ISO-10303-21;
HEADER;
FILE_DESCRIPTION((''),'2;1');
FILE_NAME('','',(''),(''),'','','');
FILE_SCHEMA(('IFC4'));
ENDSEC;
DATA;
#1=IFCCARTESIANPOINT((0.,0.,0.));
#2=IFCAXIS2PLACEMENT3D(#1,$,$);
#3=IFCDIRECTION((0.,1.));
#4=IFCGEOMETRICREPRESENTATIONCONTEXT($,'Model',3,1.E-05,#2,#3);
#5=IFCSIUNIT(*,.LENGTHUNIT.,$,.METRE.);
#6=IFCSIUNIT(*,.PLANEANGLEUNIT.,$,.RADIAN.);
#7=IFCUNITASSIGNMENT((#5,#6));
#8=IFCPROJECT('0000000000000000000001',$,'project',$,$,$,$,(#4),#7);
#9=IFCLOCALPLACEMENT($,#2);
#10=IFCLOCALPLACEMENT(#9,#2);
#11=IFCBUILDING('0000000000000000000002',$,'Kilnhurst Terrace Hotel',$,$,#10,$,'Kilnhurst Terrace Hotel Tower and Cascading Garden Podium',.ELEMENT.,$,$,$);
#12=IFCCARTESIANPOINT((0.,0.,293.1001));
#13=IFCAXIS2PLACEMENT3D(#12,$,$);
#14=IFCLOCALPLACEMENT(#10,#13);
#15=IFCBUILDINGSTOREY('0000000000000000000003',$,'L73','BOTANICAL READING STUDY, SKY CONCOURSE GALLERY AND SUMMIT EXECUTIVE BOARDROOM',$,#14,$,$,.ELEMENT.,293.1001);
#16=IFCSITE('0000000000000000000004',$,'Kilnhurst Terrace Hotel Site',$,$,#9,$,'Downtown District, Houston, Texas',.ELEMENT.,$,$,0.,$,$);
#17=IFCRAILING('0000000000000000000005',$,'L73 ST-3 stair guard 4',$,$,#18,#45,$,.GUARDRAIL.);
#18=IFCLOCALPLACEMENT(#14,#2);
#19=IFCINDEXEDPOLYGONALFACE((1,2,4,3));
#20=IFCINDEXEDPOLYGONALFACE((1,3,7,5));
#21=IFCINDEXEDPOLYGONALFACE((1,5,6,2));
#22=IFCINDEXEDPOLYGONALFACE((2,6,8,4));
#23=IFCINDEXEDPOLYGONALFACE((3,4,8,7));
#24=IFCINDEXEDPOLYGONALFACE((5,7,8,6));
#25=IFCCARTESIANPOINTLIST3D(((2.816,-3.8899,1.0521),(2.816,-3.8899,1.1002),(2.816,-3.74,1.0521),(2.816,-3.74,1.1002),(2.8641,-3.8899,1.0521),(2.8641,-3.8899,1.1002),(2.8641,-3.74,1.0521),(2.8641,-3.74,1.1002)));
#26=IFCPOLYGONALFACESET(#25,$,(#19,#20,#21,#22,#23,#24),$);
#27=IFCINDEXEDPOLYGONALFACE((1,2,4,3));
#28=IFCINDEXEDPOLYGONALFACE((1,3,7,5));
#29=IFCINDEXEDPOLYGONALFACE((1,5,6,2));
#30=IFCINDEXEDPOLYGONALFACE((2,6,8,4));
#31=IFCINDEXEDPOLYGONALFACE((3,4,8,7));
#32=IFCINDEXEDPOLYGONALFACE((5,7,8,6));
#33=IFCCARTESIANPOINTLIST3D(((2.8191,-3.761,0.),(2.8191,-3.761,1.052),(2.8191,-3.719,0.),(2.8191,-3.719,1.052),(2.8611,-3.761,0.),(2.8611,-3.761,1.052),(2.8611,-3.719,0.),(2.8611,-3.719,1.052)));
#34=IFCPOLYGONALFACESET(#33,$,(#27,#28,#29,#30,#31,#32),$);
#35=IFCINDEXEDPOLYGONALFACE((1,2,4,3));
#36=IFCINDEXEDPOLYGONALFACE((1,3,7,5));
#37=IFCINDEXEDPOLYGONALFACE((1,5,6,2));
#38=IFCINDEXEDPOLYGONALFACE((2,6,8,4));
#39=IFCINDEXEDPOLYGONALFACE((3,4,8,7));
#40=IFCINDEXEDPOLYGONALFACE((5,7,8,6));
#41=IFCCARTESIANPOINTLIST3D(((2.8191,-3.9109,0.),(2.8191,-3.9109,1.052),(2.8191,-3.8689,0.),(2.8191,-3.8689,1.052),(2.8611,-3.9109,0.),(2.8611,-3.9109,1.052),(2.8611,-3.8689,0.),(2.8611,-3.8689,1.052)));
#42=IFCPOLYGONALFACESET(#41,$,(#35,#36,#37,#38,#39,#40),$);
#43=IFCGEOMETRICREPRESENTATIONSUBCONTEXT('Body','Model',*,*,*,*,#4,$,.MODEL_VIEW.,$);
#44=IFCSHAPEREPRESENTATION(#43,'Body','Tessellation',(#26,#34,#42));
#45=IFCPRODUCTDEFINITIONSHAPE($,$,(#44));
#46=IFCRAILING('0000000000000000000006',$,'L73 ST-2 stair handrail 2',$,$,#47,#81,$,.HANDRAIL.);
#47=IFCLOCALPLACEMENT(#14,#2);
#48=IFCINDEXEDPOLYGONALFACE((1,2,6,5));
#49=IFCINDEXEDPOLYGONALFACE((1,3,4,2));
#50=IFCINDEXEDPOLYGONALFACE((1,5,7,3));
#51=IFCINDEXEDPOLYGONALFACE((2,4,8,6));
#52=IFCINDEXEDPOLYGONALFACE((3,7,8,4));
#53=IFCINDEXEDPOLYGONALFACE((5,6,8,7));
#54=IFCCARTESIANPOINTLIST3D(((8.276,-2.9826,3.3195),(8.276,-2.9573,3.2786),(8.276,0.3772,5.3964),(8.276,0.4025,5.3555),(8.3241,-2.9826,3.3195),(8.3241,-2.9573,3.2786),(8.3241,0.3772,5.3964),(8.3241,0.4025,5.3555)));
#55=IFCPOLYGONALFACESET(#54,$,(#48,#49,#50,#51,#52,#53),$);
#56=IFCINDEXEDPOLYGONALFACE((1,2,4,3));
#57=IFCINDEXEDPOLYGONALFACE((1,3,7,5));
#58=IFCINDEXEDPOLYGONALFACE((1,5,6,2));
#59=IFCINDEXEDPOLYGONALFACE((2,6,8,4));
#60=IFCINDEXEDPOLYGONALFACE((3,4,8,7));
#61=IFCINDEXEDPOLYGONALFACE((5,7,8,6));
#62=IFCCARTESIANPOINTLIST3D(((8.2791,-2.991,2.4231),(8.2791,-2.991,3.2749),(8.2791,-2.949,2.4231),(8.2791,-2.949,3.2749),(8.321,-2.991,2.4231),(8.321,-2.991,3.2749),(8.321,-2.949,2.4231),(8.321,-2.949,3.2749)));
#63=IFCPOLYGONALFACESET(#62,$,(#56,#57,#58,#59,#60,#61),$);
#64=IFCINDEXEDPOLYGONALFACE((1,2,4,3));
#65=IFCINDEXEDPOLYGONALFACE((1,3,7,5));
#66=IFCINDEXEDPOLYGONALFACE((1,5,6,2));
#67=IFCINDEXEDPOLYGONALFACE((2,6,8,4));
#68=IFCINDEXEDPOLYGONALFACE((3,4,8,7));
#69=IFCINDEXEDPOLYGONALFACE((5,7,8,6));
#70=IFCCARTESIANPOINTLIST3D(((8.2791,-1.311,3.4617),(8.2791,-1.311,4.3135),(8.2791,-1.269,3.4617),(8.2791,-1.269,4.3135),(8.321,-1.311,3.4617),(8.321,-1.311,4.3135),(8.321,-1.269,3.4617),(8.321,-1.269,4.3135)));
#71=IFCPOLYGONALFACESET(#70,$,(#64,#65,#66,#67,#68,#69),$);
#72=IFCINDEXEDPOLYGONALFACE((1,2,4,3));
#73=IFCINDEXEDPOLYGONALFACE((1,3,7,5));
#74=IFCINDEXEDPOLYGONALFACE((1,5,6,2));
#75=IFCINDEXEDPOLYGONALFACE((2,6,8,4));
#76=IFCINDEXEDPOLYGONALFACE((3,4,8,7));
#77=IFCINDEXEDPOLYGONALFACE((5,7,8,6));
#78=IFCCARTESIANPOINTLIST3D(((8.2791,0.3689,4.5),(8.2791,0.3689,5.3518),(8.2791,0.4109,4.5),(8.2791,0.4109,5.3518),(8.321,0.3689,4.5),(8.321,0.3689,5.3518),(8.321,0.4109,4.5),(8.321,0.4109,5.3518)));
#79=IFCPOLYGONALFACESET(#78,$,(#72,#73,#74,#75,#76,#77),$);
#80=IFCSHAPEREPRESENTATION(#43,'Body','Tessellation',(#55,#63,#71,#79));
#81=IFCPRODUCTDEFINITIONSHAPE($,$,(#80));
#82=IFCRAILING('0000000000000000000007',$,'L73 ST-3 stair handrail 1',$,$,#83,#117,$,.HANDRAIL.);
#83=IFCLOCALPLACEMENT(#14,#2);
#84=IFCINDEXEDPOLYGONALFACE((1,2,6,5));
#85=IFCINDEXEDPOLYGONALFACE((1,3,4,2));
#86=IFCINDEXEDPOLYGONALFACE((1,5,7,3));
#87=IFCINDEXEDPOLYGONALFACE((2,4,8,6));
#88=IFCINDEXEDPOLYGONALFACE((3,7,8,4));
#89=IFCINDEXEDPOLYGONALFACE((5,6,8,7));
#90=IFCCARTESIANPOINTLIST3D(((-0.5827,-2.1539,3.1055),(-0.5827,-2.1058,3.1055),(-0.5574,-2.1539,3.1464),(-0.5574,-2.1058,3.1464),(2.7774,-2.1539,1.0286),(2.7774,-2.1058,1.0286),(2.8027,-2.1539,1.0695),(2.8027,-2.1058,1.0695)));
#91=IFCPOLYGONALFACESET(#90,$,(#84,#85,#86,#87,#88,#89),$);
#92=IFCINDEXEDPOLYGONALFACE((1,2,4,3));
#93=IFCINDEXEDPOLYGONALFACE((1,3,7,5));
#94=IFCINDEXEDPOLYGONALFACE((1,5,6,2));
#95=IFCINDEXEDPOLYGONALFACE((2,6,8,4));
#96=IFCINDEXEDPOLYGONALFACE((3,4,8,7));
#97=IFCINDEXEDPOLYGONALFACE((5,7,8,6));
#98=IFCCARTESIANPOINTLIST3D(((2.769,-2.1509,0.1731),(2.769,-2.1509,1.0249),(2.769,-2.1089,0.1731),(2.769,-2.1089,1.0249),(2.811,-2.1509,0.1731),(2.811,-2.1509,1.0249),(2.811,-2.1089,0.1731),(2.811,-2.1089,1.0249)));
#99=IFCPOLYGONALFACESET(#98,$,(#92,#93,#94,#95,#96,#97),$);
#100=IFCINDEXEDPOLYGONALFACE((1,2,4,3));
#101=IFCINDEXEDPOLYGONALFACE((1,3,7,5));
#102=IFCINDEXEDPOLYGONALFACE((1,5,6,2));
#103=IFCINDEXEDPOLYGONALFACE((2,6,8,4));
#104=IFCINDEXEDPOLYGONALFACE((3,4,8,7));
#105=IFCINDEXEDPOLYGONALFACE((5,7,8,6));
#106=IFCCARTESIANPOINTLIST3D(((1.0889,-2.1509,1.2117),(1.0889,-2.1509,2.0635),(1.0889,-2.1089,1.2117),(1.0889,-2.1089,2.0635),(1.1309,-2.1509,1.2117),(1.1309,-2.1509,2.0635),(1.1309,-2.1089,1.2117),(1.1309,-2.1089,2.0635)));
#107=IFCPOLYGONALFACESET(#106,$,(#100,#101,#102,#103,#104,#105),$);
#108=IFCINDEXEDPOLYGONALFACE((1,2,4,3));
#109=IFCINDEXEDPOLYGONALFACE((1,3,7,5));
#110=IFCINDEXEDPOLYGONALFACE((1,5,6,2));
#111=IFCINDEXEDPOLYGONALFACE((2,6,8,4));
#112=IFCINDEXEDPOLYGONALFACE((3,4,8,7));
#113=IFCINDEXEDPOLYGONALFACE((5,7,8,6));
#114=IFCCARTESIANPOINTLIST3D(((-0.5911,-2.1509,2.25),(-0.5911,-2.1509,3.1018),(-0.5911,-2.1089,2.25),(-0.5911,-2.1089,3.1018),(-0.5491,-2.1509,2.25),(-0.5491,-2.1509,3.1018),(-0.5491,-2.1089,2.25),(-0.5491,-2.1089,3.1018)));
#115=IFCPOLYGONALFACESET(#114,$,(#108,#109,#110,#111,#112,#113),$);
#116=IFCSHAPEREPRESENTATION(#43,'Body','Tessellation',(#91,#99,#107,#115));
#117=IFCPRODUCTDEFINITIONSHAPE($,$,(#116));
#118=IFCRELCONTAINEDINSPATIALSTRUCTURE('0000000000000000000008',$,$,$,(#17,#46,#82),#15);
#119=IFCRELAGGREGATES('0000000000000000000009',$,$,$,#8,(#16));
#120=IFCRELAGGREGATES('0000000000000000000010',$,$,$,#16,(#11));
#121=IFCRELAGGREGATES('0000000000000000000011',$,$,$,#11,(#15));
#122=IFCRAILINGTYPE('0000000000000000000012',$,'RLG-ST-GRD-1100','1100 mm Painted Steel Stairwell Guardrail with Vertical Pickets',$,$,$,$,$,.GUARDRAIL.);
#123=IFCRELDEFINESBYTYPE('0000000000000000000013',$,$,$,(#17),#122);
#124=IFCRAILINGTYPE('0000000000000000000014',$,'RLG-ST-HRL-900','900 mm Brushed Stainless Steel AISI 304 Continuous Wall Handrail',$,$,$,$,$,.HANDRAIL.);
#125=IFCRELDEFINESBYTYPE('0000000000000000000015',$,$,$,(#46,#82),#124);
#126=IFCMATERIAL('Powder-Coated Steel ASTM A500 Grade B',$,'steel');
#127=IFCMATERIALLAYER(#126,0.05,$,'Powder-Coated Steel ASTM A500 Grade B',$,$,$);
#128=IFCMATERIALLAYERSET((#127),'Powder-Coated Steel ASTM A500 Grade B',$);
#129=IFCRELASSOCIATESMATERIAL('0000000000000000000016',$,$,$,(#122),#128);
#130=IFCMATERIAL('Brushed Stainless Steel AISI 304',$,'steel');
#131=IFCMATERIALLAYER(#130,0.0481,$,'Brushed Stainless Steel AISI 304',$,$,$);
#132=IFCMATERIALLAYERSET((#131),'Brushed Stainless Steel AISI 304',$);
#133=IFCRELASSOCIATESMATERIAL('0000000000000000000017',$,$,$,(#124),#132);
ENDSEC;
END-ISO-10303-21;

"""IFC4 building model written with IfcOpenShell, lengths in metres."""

from ifc_helpers import new_model, si_unit, direction, frame, origin, origin_2d, place, context, subcontext, project, spatial, rectangle, extrude, material, layer, layer_set, type_object, element, save


model = new_model("IFC4")

# Units and contexts
model_context = context("Model", 3, precision=1e-05, world=origin(), true_north=direction((0.0, 1.0)))
body_context = subcontext(model_context, "Body", "Model", "MODEL_VIEW")
ifc_project = project(units=[si_unit("LENGTHUNIT", "METRE"), si_unit("PLANEANGLEUNIT", "RADIAN")], contexts=[model_context])

# Site, building, storey
site_placement = place(None, origin())
site = spatial("IfcSite", under=ifc_project, at=site_placement, Name="Kilnhurst Terrace Hotel Site", LongName="Downtown District, Houston, Texas", CompositionType="ELEMENT", RefElevation=0.0)
building_placement = place(site_placement, origin())
building = spatial("IfcBuilding", under=site, at=building_placement, Name="Kilnhurst Terrace Hotel", LongName="Kilnhurst Terrace Hotel Tower and Cascading Garden Podium", CompositionType="ELEMENT")
storey_placement = place(building_placement, frame((0.0, 0.0, 293.1001)))
storey = spatial("IfcBuildingStorey", under=building, at=storey_placement, Name="L73", Description="BOTANICAL READING STUDY, SKY CONCOURSE GALLERY AND SUMMIT EXECUTIVE BOARDROOM", CompositionType="ELEMENT", Elevation=293.1001)

# Railings
ifc_material_1 = material(Name="Powder-Coated Steel ASTM A500 Grade B", Category="steel")
ifc_layer_1 = layer(ifc_material_1, 0.05, Name="Powder-Coated Steel ASTM A500 Grade B")
ifc_layer_set_1 = layer_set([ifc_layer_1], Name="Powder-Coated Steel ASTM A500 Grade B")
railing_type_1 = type_object("IfcRailingType", Name="RLG-ST-GRD-1100", Description="1100 mm Painted Steel Stairwell Guardrail with Vertical Pickets", PredefinedType="GUARDRAIL", material=ifc_layer_set_1)
railing_1_placement = place(storey_placement, frame((2.8401, -3.74, 0.0)))
element("IfcRailing", 1, at=railing_1_placement, inside=storey, type_object=railing_type_1, Name="L73 ST-3 stair guard 4", PredefinedType="GUARDRAIL", context=body_context, shape_type="SweptSolid", body=[
    extrude(rectangle(XDim=0.0481, YDim=0.0481, at=origin_2d()), frame((0.0, 0.0, 1.0762), z_axis=(0.0, -1.0, 0.0), x_axis=(1.0, 0.0, 0.0)), (0.0, 0.0, 1.0), 0.1499),
    extrude(rectangle(XDim=0.042, YDim=0.042, at=origin_2d()), origin(), (0.0, 0.0, 1.0), 1.052),
    extrude(rectangle(XDim=0.042, YDim=0.042, at=origin_2d()), frame((0.0, -0.1499, 0.0)), (0.0, 0.0, 1.0), 1.052),
])
ifc_material_2 = material(Name="Brushed Stainless Steel AISI 304", Category="steel")
ifc_layer_2 = layer(ifc_material_2, 0.0481, Name="Brushed Stainless Steel AISI 304")
ifc_layer_set_2 = layer_set([ifc_layer_2], Name="Brushed Stainless Steel AISI 304")
railing_type_2 = type_object("IfcRailingType", Name="RLG-ST-HRL-900", Description="900 mm Brushed Stainless Steel AISI 304 Continuous Wall Handrail", PredefinedType="HANDRAIL", material=ifc_layer_set_2)
railing_2_placement = place(storey_placement, frame((8.3, -2.97, 2.4231)))
element("IfcRailing", 2, at=railing_2_placement, inside=storey, type_object=railing_type_2, Name="L73 ST-2 stair handrail 2", PredefinedType="HANDRAIL", context=body_context, shape_type="SweptSolid", body=[
    extrude(rectangle(XDim=0.0481, YDim=0.0481, at=origin_2d()), frame((0.0, 0.0, 0.876), z_axis=(0.0, 0.850606, 0.525803), x_axis=(-1.0, 0.0, 0.0)), (0.0, 0.0, 1.0), 3.95),
    extrude(rectangle(XDim=0.042, YDim=0.042, at=origin_2d()), origin(), (0.0, 0.0, 1.0), 0.8518),
    extrude(rectangle(XDim=0.042, YDim=0.042, at=origin_2d()), frame((0.0, 1.6799, 1.0386)), (0.0, 0.0, 1.0), 0.8518),
    extrude(rectangle(XDim=0.042, YDim=0.042, at=origin_2d()), frame((0.0, 3.3599, 2.0769)), (0.0, 0.0, 1.0), 0.8518),
])
railing_3_placement = place(storey_placement, frame((2.79, -2.1299, 0.1731)))
element("IfcRailing", 3, at=railing_3_placement, inside=storey, type_object=railing_type_2, Name="L73 ST-3 stair handrail 1", PredefinedType="HANDRAIL", context=body_context, shape_type="SweptSolid", body=[
    extrude(rectangle(XDim=0.0481, YDim=0.0481, at=origin_2d()), frame((0.0, 0.0, 0.876), z_axis=(-0.850623, 0.0, 0.525776), x_axis=(0.0, -1.0, 0.0)), (0.0, 0.0, 1.0), 3.9502),
    extrude(rectangle(XDim=0.042, YDim=0.042, at=origin_2d()), origin(), (0.0, 0.0, 1.0), 0.8518),
    extrude(rectangle(XDim=0.042, YDim=0.042, at=origin_2d()), frame((-1.6802, 0.0, 1.0386)), (0.0, 0.0, 1.0), 0.8518),
    extrude(rectangle(XDim=0.042, YDim=0.042, at=origin_2d()), frame((-3.3601, 0.0, 2.0769)), (0.0, 0.0, 1.0), 0.8518),
])

save(model, "model.ifc")
